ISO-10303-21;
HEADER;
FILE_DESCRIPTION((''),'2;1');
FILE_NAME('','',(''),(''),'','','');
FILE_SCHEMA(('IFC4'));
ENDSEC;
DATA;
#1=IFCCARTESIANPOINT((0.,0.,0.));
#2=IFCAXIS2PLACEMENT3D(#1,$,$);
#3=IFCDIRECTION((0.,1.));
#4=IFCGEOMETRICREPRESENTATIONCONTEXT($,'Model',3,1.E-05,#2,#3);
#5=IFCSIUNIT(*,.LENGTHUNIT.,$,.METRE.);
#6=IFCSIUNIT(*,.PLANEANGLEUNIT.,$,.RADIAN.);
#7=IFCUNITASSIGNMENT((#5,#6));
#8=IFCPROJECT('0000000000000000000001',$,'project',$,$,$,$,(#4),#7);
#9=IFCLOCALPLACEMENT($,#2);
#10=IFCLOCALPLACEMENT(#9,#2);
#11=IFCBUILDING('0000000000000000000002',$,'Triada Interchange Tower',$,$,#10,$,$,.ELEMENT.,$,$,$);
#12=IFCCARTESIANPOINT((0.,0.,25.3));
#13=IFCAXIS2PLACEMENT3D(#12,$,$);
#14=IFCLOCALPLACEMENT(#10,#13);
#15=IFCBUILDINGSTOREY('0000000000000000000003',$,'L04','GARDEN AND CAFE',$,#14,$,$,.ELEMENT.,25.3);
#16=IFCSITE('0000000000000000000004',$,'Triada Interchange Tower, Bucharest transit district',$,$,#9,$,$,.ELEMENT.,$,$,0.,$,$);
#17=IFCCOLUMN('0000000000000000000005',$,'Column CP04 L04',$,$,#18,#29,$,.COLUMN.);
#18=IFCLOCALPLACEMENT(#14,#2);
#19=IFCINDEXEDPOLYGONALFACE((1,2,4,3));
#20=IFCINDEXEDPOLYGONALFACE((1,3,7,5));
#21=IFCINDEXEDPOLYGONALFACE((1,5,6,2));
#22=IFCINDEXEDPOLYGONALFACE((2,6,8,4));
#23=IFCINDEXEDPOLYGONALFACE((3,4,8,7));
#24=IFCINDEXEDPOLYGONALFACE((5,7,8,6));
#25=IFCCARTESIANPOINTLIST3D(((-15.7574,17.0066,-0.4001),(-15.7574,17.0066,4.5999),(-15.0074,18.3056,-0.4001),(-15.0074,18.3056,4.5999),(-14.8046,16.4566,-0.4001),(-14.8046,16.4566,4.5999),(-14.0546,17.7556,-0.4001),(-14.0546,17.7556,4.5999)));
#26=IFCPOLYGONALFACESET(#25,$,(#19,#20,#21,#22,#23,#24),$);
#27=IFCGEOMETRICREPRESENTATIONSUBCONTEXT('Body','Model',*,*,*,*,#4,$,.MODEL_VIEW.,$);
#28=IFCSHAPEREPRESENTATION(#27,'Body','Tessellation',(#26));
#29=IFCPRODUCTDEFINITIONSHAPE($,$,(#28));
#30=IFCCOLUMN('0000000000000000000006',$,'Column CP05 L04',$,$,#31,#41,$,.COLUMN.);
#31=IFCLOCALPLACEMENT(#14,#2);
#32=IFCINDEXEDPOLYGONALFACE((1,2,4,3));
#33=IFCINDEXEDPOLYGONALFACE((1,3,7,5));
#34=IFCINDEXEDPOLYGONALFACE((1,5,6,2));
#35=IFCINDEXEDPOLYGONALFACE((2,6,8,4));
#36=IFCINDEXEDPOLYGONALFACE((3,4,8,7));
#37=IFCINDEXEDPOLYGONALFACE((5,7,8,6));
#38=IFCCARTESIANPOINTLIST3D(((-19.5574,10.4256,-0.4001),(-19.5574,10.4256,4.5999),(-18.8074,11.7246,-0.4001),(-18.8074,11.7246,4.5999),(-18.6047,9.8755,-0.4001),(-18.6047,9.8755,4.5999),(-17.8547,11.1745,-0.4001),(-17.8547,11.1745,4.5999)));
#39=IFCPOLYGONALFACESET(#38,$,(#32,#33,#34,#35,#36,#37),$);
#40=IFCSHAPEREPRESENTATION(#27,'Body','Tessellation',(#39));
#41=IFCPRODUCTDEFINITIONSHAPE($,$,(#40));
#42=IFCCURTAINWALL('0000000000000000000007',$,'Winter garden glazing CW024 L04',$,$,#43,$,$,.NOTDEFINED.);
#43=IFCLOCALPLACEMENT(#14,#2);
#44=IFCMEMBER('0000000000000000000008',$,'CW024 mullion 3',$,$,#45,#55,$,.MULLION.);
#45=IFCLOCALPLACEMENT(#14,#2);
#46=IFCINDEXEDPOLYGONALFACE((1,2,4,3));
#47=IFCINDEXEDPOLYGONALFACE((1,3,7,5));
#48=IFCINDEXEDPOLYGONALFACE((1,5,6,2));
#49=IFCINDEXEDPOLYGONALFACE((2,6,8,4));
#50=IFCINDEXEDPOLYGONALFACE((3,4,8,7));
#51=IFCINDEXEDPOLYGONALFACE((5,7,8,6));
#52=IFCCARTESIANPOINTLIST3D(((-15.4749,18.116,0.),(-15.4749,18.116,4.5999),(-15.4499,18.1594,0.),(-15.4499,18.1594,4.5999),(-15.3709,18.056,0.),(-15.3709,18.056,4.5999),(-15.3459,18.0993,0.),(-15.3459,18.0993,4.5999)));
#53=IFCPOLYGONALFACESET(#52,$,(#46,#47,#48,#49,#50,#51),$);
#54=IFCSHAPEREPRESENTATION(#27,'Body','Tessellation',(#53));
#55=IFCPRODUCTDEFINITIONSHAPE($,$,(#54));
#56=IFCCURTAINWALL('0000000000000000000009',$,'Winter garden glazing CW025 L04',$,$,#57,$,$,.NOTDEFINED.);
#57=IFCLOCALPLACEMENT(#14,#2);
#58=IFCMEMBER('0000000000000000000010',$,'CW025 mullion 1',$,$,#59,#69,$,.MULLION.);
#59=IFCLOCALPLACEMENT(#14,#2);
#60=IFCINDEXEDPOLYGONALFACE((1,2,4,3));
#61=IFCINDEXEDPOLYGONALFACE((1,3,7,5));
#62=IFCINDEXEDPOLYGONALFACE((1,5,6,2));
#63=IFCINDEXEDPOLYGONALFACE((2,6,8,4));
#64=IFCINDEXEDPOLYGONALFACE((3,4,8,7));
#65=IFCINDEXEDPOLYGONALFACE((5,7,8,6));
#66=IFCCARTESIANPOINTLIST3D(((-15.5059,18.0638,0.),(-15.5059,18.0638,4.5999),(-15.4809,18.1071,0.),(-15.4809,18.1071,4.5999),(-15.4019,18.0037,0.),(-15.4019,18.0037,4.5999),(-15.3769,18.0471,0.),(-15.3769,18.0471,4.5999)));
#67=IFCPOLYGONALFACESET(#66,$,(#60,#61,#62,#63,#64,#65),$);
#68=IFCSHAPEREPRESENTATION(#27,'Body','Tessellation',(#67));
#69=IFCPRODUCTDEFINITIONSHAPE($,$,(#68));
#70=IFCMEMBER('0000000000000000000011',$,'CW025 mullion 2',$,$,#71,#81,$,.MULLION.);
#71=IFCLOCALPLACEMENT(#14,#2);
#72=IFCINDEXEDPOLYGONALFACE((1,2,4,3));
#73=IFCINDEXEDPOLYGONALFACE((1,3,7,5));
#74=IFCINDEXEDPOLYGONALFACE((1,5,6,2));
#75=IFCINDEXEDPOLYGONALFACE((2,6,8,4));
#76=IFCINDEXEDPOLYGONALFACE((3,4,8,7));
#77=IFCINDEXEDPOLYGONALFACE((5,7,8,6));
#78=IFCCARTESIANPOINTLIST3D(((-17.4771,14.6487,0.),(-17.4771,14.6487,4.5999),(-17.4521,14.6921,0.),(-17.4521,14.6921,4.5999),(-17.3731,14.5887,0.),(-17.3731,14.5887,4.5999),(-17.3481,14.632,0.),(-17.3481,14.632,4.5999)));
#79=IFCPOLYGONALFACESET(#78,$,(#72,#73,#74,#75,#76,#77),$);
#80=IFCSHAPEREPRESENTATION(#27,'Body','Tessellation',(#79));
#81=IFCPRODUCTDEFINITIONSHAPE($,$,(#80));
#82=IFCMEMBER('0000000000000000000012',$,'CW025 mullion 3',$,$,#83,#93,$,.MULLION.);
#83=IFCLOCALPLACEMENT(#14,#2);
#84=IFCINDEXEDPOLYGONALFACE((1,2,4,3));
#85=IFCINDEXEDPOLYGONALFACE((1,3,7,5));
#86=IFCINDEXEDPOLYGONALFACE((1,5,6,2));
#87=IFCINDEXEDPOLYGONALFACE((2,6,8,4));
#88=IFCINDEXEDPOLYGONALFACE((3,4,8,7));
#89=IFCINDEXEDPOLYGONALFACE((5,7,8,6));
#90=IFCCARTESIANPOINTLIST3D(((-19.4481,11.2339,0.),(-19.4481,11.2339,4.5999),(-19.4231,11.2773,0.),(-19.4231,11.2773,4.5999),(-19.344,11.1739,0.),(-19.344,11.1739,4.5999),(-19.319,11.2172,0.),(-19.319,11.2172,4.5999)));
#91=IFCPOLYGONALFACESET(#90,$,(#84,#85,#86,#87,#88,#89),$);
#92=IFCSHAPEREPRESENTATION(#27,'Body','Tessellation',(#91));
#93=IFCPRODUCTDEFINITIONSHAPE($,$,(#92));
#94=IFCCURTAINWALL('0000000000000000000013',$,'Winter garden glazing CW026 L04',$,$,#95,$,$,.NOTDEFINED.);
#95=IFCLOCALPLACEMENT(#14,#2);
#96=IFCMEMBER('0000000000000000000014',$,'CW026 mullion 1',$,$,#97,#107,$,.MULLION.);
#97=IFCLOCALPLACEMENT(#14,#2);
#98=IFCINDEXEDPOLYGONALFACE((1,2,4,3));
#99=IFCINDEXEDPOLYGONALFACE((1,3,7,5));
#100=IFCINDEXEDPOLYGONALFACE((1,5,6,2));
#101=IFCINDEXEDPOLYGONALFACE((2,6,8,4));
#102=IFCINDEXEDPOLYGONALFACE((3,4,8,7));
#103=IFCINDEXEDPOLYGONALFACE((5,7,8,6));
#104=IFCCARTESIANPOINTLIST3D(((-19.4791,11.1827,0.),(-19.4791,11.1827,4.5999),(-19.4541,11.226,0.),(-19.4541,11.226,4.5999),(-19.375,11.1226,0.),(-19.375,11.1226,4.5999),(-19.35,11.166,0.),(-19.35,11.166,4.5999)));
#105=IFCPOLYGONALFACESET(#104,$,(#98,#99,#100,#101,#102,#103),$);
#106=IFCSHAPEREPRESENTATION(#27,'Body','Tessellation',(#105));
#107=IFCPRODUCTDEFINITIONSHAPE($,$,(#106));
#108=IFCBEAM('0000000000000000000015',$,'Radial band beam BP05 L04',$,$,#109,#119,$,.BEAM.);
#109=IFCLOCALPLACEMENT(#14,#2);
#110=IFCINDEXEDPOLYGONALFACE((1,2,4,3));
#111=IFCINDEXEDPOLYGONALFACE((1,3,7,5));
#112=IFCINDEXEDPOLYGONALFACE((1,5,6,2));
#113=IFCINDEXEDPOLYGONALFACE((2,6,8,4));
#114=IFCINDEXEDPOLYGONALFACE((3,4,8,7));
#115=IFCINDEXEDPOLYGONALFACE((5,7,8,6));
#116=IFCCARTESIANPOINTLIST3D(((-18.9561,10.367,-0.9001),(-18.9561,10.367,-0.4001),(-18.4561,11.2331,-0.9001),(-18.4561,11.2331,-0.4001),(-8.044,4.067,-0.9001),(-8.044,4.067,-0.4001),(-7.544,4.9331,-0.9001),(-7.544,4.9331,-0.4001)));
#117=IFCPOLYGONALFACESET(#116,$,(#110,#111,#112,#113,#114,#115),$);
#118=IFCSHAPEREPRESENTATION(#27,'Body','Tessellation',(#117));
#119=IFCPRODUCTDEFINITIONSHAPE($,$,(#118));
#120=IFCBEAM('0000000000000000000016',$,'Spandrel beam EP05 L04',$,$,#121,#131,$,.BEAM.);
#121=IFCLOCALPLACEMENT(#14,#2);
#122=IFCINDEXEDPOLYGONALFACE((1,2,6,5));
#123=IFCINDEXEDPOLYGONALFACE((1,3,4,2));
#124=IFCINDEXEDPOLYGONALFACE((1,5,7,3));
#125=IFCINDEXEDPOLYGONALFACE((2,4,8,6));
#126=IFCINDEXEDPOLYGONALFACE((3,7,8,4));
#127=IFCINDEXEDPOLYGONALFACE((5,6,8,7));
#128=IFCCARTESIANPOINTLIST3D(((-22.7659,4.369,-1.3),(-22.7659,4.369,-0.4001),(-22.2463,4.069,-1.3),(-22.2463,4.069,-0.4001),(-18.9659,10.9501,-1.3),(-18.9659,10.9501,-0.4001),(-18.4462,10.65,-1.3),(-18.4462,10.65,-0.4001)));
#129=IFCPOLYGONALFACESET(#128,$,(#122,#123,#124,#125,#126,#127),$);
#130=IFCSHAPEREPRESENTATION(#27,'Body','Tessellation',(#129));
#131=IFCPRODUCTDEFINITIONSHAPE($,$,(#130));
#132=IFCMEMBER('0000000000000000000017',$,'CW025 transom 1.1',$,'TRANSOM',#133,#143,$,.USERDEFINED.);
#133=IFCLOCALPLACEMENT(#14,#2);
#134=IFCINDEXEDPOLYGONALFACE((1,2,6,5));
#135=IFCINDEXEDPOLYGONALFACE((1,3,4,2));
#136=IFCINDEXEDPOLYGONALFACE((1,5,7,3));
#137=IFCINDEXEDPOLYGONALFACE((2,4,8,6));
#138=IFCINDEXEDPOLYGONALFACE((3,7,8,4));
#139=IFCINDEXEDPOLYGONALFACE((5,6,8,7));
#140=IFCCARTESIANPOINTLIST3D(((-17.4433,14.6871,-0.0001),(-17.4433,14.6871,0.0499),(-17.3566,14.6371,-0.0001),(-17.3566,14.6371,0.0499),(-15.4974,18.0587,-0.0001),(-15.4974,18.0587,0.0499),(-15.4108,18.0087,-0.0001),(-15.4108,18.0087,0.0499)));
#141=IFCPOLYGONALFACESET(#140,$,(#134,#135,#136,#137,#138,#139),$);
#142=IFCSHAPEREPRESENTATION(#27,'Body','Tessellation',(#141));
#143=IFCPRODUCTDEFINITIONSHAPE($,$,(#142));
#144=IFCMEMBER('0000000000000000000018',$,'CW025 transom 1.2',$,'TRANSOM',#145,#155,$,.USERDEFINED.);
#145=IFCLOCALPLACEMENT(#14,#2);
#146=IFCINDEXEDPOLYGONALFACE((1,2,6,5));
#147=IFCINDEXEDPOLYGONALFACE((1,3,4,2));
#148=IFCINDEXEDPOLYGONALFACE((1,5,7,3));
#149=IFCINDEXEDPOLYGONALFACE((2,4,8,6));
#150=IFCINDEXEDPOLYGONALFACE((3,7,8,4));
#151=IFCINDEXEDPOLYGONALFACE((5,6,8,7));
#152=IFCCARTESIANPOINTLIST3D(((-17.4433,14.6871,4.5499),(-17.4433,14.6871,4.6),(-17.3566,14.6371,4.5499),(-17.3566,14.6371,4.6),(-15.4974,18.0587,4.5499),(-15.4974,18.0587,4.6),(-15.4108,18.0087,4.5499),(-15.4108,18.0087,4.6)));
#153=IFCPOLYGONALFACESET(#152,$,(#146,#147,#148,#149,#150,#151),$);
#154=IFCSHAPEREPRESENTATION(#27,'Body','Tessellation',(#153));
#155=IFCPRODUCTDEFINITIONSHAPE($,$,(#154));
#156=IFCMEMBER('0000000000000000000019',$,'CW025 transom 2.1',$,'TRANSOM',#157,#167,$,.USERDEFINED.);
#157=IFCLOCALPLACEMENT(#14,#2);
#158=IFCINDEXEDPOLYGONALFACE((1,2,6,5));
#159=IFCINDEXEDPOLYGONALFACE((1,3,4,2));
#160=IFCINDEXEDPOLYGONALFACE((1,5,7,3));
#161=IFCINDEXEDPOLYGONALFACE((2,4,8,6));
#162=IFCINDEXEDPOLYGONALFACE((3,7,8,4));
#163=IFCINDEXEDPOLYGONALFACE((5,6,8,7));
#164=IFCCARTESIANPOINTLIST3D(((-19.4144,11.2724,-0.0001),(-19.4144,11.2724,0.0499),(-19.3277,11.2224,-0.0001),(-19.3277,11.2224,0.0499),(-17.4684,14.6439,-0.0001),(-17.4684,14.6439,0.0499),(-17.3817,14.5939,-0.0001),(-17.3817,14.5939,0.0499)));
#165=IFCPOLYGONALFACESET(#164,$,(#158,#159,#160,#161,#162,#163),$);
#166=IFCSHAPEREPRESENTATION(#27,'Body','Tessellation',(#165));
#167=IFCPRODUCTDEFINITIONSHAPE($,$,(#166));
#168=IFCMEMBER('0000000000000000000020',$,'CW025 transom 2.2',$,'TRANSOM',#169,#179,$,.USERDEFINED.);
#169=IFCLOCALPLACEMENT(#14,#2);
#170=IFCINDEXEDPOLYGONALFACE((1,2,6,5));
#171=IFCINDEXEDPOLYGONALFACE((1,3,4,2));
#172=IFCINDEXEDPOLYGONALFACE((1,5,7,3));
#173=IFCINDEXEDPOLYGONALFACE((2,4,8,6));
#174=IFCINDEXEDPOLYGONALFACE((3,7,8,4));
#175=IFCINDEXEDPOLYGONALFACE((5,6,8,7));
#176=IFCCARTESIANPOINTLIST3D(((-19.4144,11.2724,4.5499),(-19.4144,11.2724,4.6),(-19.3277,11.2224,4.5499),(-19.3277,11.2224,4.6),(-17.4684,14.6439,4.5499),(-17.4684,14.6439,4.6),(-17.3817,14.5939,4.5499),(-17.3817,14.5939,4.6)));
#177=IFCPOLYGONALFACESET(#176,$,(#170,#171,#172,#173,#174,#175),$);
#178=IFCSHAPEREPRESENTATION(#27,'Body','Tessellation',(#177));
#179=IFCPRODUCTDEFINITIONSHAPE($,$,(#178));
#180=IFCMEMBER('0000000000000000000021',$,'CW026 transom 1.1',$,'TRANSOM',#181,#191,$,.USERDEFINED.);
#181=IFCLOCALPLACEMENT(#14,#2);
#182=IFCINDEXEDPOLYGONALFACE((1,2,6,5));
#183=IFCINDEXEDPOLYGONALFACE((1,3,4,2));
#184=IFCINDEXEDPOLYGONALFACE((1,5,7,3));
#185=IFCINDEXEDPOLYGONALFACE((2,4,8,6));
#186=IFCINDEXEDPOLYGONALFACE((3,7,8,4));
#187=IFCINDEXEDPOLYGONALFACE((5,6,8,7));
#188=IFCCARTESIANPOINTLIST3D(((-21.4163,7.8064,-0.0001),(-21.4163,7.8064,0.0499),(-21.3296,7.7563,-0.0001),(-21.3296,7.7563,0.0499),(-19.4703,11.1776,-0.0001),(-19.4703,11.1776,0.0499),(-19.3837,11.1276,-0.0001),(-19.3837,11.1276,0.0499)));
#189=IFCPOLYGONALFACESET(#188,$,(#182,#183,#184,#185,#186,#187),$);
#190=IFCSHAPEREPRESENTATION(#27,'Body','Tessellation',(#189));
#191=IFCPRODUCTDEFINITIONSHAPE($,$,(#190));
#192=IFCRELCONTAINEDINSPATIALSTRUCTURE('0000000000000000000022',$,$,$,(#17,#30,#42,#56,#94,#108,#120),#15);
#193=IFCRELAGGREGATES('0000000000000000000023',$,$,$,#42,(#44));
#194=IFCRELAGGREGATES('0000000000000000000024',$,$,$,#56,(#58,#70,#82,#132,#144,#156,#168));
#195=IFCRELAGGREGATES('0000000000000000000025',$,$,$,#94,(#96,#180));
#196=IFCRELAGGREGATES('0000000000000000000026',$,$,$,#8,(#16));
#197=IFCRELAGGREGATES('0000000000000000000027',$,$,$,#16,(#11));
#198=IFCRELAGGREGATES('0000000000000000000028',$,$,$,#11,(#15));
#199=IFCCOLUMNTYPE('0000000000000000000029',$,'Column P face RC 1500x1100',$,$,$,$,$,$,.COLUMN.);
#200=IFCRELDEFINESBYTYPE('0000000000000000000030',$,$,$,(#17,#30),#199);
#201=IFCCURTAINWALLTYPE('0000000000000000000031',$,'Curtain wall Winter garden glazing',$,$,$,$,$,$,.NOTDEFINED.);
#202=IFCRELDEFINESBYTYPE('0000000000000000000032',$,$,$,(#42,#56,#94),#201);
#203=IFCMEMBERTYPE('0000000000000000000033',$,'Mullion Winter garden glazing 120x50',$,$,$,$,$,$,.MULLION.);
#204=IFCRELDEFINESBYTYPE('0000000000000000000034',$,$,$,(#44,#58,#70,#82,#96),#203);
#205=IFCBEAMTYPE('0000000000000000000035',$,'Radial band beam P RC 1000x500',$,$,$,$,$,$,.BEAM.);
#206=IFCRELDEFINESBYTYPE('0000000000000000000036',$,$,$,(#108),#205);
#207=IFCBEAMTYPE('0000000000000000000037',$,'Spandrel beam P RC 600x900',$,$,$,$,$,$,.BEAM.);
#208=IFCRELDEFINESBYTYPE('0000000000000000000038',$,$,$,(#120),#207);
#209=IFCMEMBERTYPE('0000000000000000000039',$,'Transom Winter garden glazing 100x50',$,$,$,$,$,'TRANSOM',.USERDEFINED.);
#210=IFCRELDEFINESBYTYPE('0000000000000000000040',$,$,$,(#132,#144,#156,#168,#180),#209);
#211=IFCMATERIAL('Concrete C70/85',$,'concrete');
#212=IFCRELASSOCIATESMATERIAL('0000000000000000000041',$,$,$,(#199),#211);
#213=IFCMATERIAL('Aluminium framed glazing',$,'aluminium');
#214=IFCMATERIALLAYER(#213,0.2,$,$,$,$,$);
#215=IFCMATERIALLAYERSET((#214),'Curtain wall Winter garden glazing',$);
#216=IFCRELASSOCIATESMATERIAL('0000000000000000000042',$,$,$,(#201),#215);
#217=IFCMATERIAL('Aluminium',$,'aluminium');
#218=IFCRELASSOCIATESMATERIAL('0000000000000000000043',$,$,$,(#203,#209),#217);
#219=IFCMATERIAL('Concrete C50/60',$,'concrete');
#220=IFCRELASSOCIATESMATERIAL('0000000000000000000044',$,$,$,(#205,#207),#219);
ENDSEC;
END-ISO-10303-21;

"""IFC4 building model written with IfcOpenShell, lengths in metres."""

from ifc_helpers import new_model, si_unit, direction, frame, origin, origin_2d, place, context, subcontext, project, spatial, rectangle, extrude, material, layer, layer_set, material_profile, profile_set, type_object, element, aggregate, save


model = new_model("IFC4")

# Units and contexts
model_context = context("Model", 3, precision=1e-05, world=origin(), true_north=direction((0.0, 1.0)))
body_context = subcontext(model_context, "Body", "Model", "MODEL_VIEW")
ifc_project = project(units=[si_unit("LENGTHUNIT", "METRE"), si_unit("PLANEANGLEUNIT", "RADIAN")], contexts=[model_context])

# Site, building, storey
site_placement = place(None, origin())
site = spatial("IfcSite", under=ifc_project, at=site_placement, Name="Triada Interchange Tower, Bucharest transit district", CompositionType="ELEMENT", RefElevation=0.0)
building_placement = place(site_placement, origin())
building = spatial("IfcBuilding", under=site, at=building_placement, Name="Triada Interchange Tower", CompositionType="ELEMENT")
storey_placement = place(building_placement, frame((0.0, 0.0, 25.3)))
storey = spatial("IfcBuildingStorey", under=building, at=storey_placement, Name="L04", Description="GARDEN AND CAFE", CompositionType="ELEMENT", Elevation=25.3)

# Columns
ifc_material_1 = material(Name="Concrete C70/85", Category="concrete")
ifc_material_profile_1 = material_profile(ifc_material_1, rectangle(XDim=1.5, YDim=1.1001, at=origin_2d()), Name="RC 1500x1100")
ifc_profile_set_1 = profile_set([ifc_material_profile_1], Name="Concrete C70/85")
column_type = type_object("IfcColumnType", Name="Column P face RC 1500x1100", PredefinedType="COLUMN", material=ifc_profile_set_1)
for number, where, z_axis, x_axis, name in (
    (1, (-14.906, 17.3811, -0.4001), (0.0, 0.0, 1.0), (0.5, 0.866025, 0.0), "Column CP04 L04"),
    (2, (-18.7061, 10.8, -0.4001), (0.0, 0.0, 1.0), (0.5, 0.866025, 0.0), "Column CP05 L04"),
):
    element("IfcColumn", number, at=place(storey_placement, frame(where, z_axis=z_axis, x_axis=x_axis)), inside=storey, type_object=column_type, Name=name, PredefinedType="COLUMN", context=body_context, shape_type="SweptSolid", body=[
        extrude(rectangle(XDim=1.5, YDim=1.1001, at=origin_2d()), origin(), (0.0, 0.0, 1.0), 5.0),
    ])

# Curtain wall, member
ifc_material_2 = material(Name="Aluminium framed glazing", Category="aluminium")
ifc_layer_1 = layer(ifc_material_2, 0.2)
ifc_layer_set_1 = layer_set([ifc_layer_1], Name="Curtain wall Winter garden glazing")
curtain_wall_type = type_object("IfcCurtainWallType", Name="Curtain wall Winter garden glazing", PredefinedType="NOTDEFINED", material=ifc_layer_set_1)
curtain_wall_1_placement = place(storey_placement, origin())
curtain_wall_1 = element("IfcCurtainWall", 3, at=curtain_wall_1_placement, inside=storey, type_object=curtain_wall_type, Name="Winter garden glazing CW024 L04", PredefinedType="NOTDEFINED")
ifc_material_3 = material(Name="Aluminium", Category="aluminium")
ifc_material_profile_2 = material_profile(ifc_material_3, rectangle(XDim=0.1201, YDim=0.05, at=origin_2d()), Name="Aluminium mullion")
ifc_profile_set_2 = profile_set([ifc_material_profile_2], Name="Aluminium")
member_type_1 = type_object("IfcMemberType", Name="Mullion Winter garden glazing 120x50", PredefinedType="MULLION", material=ifc_profile_set_2)
member_1_placement = place(storey_placement, frame((-15.4104, 18.1077, 0.0), z_axis=(0.0, 0.0, 1.0), x_axis=(0.866055, -0.499948, 0.0)))
member_1 = element("IfcMember", 4, at=member_1_placement, type_object=member_type_1, Name="CW024 mullion 3", PredefinedType="MULLION", context=body_context, shape_type="SweptSolid", body=[
    extrude(rectangle(XDim=0.1201, YDim=0.05, at=origin_2d()), origin(), (0.0, 0.0, 1.0), 4.5999),
])
aggregate(curtain_wall_1, [member_1])

# Curtain wall, members
curtain_wall_2_placement = place(storey_placement, origin())
curtain_wall_2 = element("IfcCurtainWall", 5, at=curtain_wall_2_placement, inside=storey, type_object=curtain_wall_type, Name="Winter garden glazing CW025 L04", PredefinedType="NOTDEFINED")
member_2_placement = place(storey_placement, frame((-15.4414, 18.0554, 0.0), z_axis=(0.0, 0.0, 1.0), x_axis=(0.866087, -0.499893, 0.0)))
member_2 = element("IfcMember", 6, at=member_2_placement, type_object=member_type_1, Name="CW025 mullion 1", PredefinedType="MULLION", context=body_context, shape_type="SweptSolid", body=[
    extrude(rectangle(XDim=0.1201, YDim=0.05, at=origin_2d()), origin(), (0.0, 0.0, 1.0), 4.5999),
])
member_3_placement = place(storey_placement, frame((-17.4126, 14.6404, 0.0), z_axis=(0.0, 0.0, 1.0), x_axis=(0.866087, -0.499893, 0.0)))
member_3 = element("IfcMember", 7, at=member_3_placement, type_object=member_type_1, Name="CW025 mullion 2", PredefinedType="MULLION", context=body_context, shape_type="SweptSolid", body=[
    extrude(rectangle(XDim=0.1201, YDim=0.05, at=origin_2d()), origin(), (0.0, 0.0, 1.0), 4.5999),
])
member_4_placement = place(storey_placement, frame((-19.3835, 11.2256, 0.0), z_axis=(0.0, 0.0, 1.0), x_axis=(0.866087, -0.499893, 0.0)))
member_4 = element("IfcMember", 8, at=member_4_placement, type_object=member_type_1, Name="CW025 mullion 3", PredefinedType="MULLION", context=body_context, shape_type="SweptSolid", body=[
    extrude(rectangle(XDim=0.1201, YDim=0.05, at=origin_2d()), origin(), (0.0, 0.0, 1.0), 4.5999),
])

# Curtain wall, member
curtain_wall_3_placement = place(storey_placement, origin())
curtain_wall_3 = element("IfcCurtainWall", 9, at=curtain_wall_3_placement, inside=storey, type_object=curtain_wall_type, Name="Winter garden glazing CW026 L04", PredefinedType="NOTDEFINED")
member_5_placement = place(storey_placement, frame((-19.4146, 11.1743, 0.0), z_axis=(0.0, 0.0, 1.0), x_axis=(0.866087, -0.499893, 0.0)))
member_5 = element("IfcMember", 10, at=member_5_placement, type_object=member_type_1, Name="CW026 mullion 1", PredefinedType="MULLION", context=body_context, shape_type="SweptSolid", body=[
    extrude(rectangle(XDim=0.1201, YDim=0.05, at=origin_2d()), origin(), (0.0, 0.0, 1.0), 4.5999),
])

# Beams
ifc_material_4 = material(Name="Concrete C50/60", Category="concrete")
ifc_material_profile_3 = material_profile(ifc_material_4, rectangle(XDim=1.0, YDim=0.5, at=origin_2d()), Name="RC 1000x500")
ifc_profile_set_3 = profile_set([ifc_material_profile_3], Name="Concrete C50/60")
beam_type_1 = type_object("IfcBeamType", Name="Radial band beam P RC 1000x500", PredefinedType="BEAM", material=ifc_profile_set_3)
beam_1_placement = place(storey_placement, frame((-18.7061, 10.8, -0.6501), z_axis=(0.866027, -0.499996, 0.0), x_axis=(0.499996, 0.866027, 0.0)))
element("IfcBeam", 11, at=beam_1_placement, inside=storey, type_object=beam_type_1, Name="Radial band beam BP05 L04", PredefinedType="BEAM", context=body_context, shape_type="SweptSolid", body=[
    extrude(rectangle(XDim=1.0, YDim=0.5, at=origin_2d()), origin(), (0.0, 0.0, 1.0), 12.6001),
])
ifc_material_profile_4 = material_profile(ifc_material_4, rectangle(XDim=0.6001, YDim=0.8999, at=origin_2d()), Name="RC 600x900")
ifc_profile_set_4 = profile_set([ifc_material_profile_4], Name="Concrete C50/60")
beam_type_2 = type_object("IfcBeamType", Name="Spandrel beam P RC 600x900", PredefinedType="BEAM", material=ifc_profile_set_4)
beam_2_placement = place(storey_placement, frame((-18.7061, 10.8, -0.8501), z_axis=(-0.500047, -0.865998, 0.0), x_axis=(0.865998, -0.500047, 0.0)))
element("IfcBeam", 12, at=beam_2_placement, inside=storey, type_object=beam_type_2, Name="Spandrel beam EP05 L04", PredefinedType="BEAM", context=body_context, shape_type="SweptSolid", body=[
    extrude(rectangle(XDim=0.6001, YDim=0.8999, at=origin_2d()), origin(), (0.0, 0.0, 1.0), 7.5994),
])

# Members
ifc_material_profile_5 = material_profile(ifc_material_3, rectangle(XDim=0.1001, YDim=0.05, at=origin_2d()), Name="Aluminium transom")
ifc_profile_set_5 = profile_set([ifc_material_profile_5], Name="Aluminium")
member_type_2 = type_object("IfcMemberType", Name="Transom Winter garden glazing 100x50", ElementType="TRANSOM", PredefinedType="USERDEFINED", material=ifc_profile_set_5)
member_6_placement = place(storey_placement, frame((-15.4541, 18.0337, 0.0249), z_axis=(-0.499849, -0.866112, 0.0), x_axis=(0.866112, -0.499849, 0.0)))
member_6 = element("IfcMember", 13, at=member_6_placement, type_object=member_type_2, Name="CW025 transom 1.1", ObjectType="TRANSOM", PredefinedType="USERDEFINED", context=body_context, shape_type="SweptSolid", body=[
    extrude(rectangle(XDim=0.1001, YDim=0.05, at=origin_2d()), origin(), (0.0, 0.0, 1.0), 3.8928),
])
member_7_placement = place(storey_placement, frame((-15.4541, 18.0337, 4.575), z_axis=(-0.499849, -0.866112, 0.0), x_axis=(0.866112, -0.499849, 0.0)))
member_7 = element("IfcMember", 14, at=member_7_placement, type_object=member_type_2, Name="CW025 transom 1.2", ObjectType="TRANSOM", PredefinedType="USERDEFINED", context=body_context, shape_type="SweptSolid", body=[
    extrude(rectangle(XDim=0.1001, YDim=0.05, at=origin_2d()), origin(), (0.0, 0.0, 1.0), 3.8928),
])
member_8_placement = place(storey_placement, frame((-17.425, 14.6189, 0.0249), z_axis=(-0.499896, -0.866085, 0.0), x_axis=(0.866085, -0.499896, 0.0)))
member_8 = element("IfcMember", 15, at=member_8_placement, type_object=member_type_2, Name="CW025 transom 2.1", ObjectType="TRANSOM", PredefinedType="USERDEFINED", context=body_context, shape_type="SweptSolid", body=[
    extrude(rectangle(XDim=0.1001, YDim=0.05, at=origin_2d()), origin(), (0.0, 0.0, 1.0), 3.8928),
])
member_9_placement = place(storey_placement, frame((-17.425, 14.6189, 4.575), z_axis=(-0.499896, -0.866085, 0.0), x_axis=(0.866085, -0.499896, 0.0)))
member_9 = element("IfcMember", 16, at=member_9_placement, type_object=member_type_2, Name="CW025 transom 2.2", ObjectType="TRANSOM", PredefinedType="USERDEFINED", context=body_context, shape_type="SweptSolid", body=[
    extrude(rectangle(XDim=0.1001, YDim=0.05, at=origin_2d()), origin(), (0.0, 0.0, 1.0), 3.8928),
])
member_10_placement = place(storey_placement, frame((-19.427, 11.1526, 0.0249), z_axis=(-0.499923, -0.86607, 0.0), x_axis=(0.86607, -0.499923, 0.0)))
member_10 = element("IfcMember", 17, at=member_10_placement, type_object=member_type_2, Name="CW026 transom 1.1", ObjectType="TRANSOM", PredefinedType="USERDEFINED", context=body_context, shape_type="SweptSolid", body=[
    extrude(rectangle(XDim=0.1001, YDim=0.05, at=origin_2d()), origin(), (0.0, 0.0, 1.0), 3.8926),
])

aggregate(curtain_wall_2, [member_2, member_3, member_4, member_6, member_7, member_8, member_9])
aggregate(curtain_wall_3, [member_5, member_10])

save(model, "model.ifc")
